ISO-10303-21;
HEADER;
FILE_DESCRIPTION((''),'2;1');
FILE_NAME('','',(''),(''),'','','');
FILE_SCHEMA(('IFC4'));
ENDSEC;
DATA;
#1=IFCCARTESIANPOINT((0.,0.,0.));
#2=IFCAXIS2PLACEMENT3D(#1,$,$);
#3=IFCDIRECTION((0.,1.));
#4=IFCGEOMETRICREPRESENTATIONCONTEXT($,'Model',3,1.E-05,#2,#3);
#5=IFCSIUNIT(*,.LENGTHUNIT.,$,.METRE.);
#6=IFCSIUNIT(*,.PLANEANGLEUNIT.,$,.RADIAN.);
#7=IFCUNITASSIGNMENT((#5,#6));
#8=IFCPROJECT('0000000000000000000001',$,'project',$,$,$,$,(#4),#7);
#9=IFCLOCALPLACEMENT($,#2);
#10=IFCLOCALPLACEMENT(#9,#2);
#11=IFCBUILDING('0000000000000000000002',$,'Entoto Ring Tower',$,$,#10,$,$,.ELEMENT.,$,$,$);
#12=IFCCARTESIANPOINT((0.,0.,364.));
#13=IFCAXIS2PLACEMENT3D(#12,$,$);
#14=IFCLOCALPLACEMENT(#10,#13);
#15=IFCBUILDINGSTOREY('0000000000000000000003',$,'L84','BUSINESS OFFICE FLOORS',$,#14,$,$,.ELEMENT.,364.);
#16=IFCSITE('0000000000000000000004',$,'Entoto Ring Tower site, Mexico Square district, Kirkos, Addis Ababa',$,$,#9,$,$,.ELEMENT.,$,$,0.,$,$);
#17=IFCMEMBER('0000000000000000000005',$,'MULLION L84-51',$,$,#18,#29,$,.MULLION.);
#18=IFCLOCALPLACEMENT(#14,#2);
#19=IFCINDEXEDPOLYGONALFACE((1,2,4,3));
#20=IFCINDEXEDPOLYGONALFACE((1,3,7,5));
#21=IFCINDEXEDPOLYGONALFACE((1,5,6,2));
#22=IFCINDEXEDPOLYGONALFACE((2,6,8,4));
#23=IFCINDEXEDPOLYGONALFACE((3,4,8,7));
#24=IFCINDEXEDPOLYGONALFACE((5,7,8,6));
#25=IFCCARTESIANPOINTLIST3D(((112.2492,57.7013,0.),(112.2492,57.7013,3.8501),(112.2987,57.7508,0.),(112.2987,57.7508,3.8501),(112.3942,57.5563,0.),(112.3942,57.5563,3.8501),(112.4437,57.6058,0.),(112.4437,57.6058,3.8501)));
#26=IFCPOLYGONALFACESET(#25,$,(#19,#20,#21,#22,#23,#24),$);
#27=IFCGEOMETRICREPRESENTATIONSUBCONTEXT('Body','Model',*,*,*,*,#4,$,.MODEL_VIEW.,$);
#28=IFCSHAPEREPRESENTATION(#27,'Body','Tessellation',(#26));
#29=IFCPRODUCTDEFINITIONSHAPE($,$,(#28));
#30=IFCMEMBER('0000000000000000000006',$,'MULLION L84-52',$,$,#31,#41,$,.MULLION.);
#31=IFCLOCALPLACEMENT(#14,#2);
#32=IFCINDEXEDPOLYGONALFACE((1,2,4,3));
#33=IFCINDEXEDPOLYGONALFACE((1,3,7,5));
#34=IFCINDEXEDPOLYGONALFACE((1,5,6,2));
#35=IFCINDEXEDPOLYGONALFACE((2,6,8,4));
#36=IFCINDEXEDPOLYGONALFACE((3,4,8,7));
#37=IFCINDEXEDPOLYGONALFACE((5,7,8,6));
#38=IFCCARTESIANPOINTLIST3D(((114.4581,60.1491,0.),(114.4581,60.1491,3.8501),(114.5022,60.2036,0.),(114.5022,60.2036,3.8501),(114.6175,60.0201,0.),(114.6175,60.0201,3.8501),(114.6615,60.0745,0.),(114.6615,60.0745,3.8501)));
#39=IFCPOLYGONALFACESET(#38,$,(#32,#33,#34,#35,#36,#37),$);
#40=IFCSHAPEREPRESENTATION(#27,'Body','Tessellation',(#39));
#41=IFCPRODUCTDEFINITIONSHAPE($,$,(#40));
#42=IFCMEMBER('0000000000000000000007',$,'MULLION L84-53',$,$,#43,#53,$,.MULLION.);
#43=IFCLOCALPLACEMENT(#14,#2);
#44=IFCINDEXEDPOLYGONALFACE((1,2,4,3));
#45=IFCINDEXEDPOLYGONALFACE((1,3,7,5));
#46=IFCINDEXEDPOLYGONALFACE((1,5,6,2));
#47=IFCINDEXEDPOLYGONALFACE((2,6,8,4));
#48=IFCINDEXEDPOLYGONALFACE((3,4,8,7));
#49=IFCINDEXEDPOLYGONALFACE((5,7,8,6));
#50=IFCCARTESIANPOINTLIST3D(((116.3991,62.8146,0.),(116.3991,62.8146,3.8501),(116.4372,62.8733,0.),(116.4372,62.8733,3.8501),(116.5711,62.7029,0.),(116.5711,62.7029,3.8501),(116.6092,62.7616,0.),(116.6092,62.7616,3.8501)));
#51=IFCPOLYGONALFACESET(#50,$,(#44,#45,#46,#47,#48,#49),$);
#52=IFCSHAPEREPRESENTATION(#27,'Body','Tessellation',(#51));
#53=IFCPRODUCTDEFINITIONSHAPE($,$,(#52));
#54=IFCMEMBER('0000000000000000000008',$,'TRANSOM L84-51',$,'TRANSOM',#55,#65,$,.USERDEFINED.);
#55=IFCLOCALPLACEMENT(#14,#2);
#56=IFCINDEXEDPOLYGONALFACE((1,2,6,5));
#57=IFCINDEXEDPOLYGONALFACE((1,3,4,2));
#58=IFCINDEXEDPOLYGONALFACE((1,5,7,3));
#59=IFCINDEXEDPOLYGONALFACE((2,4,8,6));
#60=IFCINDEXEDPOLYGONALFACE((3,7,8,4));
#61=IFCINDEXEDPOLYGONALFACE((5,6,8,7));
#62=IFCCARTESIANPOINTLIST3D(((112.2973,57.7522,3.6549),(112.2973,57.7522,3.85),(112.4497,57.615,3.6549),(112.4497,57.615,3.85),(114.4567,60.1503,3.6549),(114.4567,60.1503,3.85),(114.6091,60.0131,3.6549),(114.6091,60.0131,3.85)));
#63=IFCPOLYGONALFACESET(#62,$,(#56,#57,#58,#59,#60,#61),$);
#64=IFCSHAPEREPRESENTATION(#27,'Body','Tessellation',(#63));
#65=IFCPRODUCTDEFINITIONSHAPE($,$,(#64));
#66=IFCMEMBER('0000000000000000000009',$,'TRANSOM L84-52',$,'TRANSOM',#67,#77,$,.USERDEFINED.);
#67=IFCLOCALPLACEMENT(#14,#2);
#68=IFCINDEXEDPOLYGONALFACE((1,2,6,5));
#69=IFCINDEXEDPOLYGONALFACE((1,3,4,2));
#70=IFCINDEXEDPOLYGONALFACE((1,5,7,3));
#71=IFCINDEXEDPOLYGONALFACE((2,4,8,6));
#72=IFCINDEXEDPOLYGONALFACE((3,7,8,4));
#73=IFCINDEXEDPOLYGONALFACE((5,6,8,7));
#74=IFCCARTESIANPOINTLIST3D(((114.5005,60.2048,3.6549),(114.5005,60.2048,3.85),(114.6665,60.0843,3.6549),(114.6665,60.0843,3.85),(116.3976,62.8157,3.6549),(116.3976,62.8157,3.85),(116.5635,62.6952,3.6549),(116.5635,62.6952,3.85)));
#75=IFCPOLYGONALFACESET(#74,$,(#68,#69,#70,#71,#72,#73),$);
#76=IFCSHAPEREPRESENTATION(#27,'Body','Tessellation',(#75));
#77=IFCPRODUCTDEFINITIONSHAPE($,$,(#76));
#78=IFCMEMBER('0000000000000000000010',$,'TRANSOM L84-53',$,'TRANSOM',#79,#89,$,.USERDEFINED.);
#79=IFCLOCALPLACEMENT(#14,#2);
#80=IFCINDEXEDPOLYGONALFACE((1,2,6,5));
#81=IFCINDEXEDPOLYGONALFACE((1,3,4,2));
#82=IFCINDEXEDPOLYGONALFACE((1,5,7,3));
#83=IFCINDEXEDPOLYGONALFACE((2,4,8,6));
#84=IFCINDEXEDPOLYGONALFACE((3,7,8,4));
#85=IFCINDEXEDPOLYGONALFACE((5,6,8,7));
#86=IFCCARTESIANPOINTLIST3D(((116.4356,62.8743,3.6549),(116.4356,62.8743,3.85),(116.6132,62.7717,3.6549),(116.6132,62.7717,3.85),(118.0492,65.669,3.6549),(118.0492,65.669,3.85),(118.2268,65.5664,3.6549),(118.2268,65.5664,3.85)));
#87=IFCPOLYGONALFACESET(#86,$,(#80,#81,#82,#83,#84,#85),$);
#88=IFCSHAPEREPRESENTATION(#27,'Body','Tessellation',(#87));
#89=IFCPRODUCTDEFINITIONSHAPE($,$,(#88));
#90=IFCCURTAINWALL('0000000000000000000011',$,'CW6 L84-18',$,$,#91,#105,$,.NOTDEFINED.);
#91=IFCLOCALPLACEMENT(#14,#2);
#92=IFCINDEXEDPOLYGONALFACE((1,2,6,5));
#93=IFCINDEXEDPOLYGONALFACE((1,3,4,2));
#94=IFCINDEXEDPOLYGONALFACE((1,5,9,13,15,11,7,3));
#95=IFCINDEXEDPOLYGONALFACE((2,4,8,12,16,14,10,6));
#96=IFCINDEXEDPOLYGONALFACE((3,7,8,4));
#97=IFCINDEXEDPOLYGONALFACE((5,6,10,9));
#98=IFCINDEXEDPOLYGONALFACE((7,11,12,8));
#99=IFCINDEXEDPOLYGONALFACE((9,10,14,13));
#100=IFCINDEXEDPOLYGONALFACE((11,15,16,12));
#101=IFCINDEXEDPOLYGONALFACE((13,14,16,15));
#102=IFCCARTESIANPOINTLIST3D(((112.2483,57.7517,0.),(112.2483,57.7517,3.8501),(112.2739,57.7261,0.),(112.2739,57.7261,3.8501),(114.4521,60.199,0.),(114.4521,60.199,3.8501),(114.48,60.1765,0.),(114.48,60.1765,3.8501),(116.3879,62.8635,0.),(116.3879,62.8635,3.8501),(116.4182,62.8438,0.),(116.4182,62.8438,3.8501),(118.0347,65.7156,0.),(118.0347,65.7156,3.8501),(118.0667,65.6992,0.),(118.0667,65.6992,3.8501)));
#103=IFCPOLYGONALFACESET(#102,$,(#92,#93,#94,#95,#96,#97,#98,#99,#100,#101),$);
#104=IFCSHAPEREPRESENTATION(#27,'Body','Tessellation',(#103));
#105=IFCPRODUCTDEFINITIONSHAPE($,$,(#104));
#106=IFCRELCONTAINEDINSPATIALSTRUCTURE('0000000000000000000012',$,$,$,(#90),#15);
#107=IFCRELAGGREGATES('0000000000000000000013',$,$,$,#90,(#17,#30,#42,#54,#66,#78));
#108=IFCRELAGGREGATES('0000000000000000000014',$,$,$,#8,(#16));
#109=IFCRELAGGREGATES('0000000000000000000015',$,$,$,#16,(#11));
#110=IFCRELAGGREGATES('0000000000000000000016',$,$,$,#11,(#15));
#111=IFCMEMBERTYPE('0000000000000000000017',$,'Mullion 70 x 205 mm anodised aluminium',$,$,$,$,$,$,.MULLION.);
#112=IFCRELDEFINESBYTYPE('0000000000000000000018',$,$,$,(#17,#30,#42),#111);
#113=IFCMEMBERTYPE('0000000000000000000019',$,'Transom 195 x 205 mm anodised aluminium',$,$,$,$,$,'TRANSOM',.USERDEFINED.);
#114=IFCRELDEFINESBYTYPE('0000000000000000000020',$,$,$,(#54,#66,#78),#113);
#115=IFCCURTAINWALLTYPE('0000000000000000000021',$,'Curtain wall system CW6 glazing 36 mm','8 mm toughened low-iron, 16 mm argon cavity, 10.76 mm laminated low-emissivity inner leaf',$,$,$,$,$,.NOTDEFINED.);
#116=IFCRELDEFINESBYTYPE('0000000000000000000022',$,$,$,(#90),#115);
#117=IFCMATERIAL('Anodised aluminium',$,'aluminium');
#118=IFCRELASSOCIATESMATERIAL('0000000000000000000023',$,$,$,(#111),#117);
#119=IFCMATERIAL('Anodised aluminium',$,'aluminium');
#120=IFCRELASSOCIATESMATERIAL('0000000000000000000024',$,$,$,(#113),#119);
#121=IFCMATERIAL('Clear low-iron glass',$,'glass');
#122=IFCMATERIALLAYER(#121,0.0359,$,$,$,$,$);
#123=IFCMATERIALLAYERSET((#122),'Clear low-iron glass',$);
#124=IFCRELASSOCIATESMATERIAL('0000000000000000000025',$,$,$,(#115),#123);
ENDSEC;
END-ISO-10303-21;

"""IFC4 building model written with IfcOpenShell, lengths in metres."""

from ifc_helpers import new_model, si_unit, direction, frame, origin, origin_2d, place, context, subcontext, project, spatial, polyline, rectangle, outline, extrude, material, layer, layer_set, material_profile, profile_set, type_object, element, aggregate, save


model = new_model("IFC4")

# Units and contexts
model_context = context("Model", 3, precision=1e-05, world=origin(), true_north=direction((0.0, 1.0)))
body_context = subcontext(model_context, "Body", "Model", "MODEL_VIEW")
ifc_project = project(units=[si_unit("LENGTHUNIT", "METRE"), si_unit("PLANEANGLEUNIT", "RADIAN")], contexts=[model_context])

# Members
ifc_material_1 = material(Name="Anodised aluminium", Category="aluminium")
ifc_material_profile_1 = material_profile(ifc_material_1, rectangle(XDim=0.0701, YDim=0.2051, at=origin_2d()), Name="Mullion 70 x 205 mm anodised aluminium")
ifc_profile_set_1 = profile_set([ifc_material_profile_1], Name="Anodised aluminium")
member_type_1 = type_object("IfcMemberType", Name="Mullion 70 x 205 mm anodised aluminium", PredefinedType="MULLION", material=ifc_profile_set_1)
site_placement = place(None, origin())
building_placement = place(site_placement, origin())
storey_placement = place(building_placement, frame((0.0, 0.0, 364.0)))
member_1_placement = place(storey_placement, frame((112.3464, 57.6536, 0.0), z_axis=(0.0, 0.0, 1.0), x_axis=(0.707107, 0.707107, 0.0)))
member_1 = element("IfcMember", 1, at=member_1_placement, type_object=member_type_1, Name="MULLION L84-51", PredefinedType="MULLION", context=body_context, shape_type="SweptSolid", body=[
    extrude(rectangle(XDim=0.0701, YDim=0.2051, at=origin_2d()), origin(), (0.0, 0.0, 1.0), 3.8501),
])
member_2_placement = place(storey_placement, frame((114.5598, 60.1118, 0.0), z_axis=(0.0, 0.0, 1.0), x_axis=(0.62932, 0.777146, 0.0)))
member_2 = element("IfcMember", 2, at=member_2_placement, type_object=member_type_1, Name="MULLION L84-52", PredefinedType="MULLION", context=body_context, shape_type="SweptSolid", body=[
    extrude(rectangle(XDim=0.0701, YDim=0.2051, at=origin_2d()), origin(), (0.0, 0.0, 1.0), 3.8501),
])
member_3_placement = place(storey_placement, frame((116.5042, 62.7881, 0.0), z_axis=(0.0, 0.0, 1.0), x_axis=(0.544639, 0.838671, 0.0)))
member_3 = element("IfcMember", 3, at=member_3_placement, type_object=member_type_1, Name="MULLION L84-53", PredefinedType="MULLION", context=body_context, shape_type="SweptSolid", body=[
    extrude(rectangle(XDim=0.0701, YDim=0.2051, at=origin_2d()), origin(), (0.0, 0.0, 1.0), 3.8501),
])
ifc_material_2 = material(Name="Anodised aluminium", Category="aluminium")
ifc_material_profile_2 = material_profile(ifc_material_2, rectangle(XDim=0.2051, YDim=0.1951, at=origin_2d()), Name="Transom 195 x 205 mm anodised aluminium")
ifc_profile_set_2 = profile_set([ifc_material_profile_2], Name="Anodised aluminium")
member_type_2 = type_object("IfcMemberType", Name="Transom 195 x 205 mm anodised aluminium", ElementType="TRANSOM", PredefinedType="USERDEFINED", material=ifc_profile_set_2)
member_4_placement = place(storey_placement, frame((112.3735, 57.6836, 3.7524), z_axis=(0.669144, 0.743132, 0.0), x_axis=(-0.743132, 0.669144, 0.0)))
member_4 = element("IfcMember", 4, at=member_4_placement, type_object=member_type_2, Name="TRANSOM L84-51", ObjectType="TRANSOM", PredefinedType="USERDEFINED", context=body_context, shape_type="SweptSolid", body=[
    extrude(rectangle(XDim=0.2051, YDim=0.1951, at=origin_2d()), origin(), (0.0, 0.0, 1.0), 3.2271),
])
member_5_placement = place(storey_placement, frame((114.5835, 60.1445, 3.7524), z_axis=(0.587803, 0.809004, 0.0), x_axis=(-0.809004, 0.587803, 0.0)))
member_5 = element("IfcMember", 5, at=member_5_placement, type_object=member_type_2, Name="TRANSOM L84-52", ObjectType="TRANSOM", PredefinedType="USERDEFINED", context=body_context, shape_type="SweptSolid", body=[
    extrude(rectangle(XDim=0.2051, YDim=0.1951, at=origin_2d()), origin(), (0.0, 0.0, 1.0), 3.2273),
])
member_6_placement = place(storey_placement, frame((116.5244, 62.823, 3.7524), z_axis=(0.500004, 0.866023, 0.0), x_axis=(-0.866023, 0.500004, 0.0)))
member_6 = element("IfcMember", 6, at=member_6_placement, type_object=member_type_2, Name="TRANSOM L84-53", ObjectType="TRANSOM", PredefinedType="USERDEFINED", context=body_context, shape_type="SweptSolid", body=[
    extrude(rectangle(XDim=0.2051, YDim=0.1951, at=origin_2d()), origin(), (0.0, 0.0, 1.0), 3.2271),
])

# Site, building, storey
site = spatial("IfcSite", under=ifc_project, at=site_placement, Name="Entoto Ring Tower site, Mexico Square district, Kirkos, Addis Ababa", CompositionType="ELEMENT", RefElevation=0.0)
building = spatial("IfcBuilding", under=site, at=building_placement, Name="Entoto Ring Tower", CompositionType="ELEMENT")
storey = spatial("IfcBuildingStorey", under=building, at=storey_placement, Name="L84", Description="BUSINESS OFFICE FLOORS", CompositionType="ELEMENT", Elevation=364.0)

# Curtain wall
ifc_material_3 = material(Name="Clear low-iron glass", Category="glass")
ifc_layer_1 = layer(ifc_material_3, 0.0359)
ifc_layer_set_1 = layer_set([ifc_layer_1], Name="Clear low-iron glass")
curtain_wall_type = type_object("IfcCurtainWallType", Name="Curtain wall system CW6 glazing 36 mm", Description="8 mm toughened low-iron, 16 mm argon cavity, 10.76 mm laminated low-emissivity inner leaf", PredefinedType="NOTDEFINED", material=ifc_layer_set_1)
curtain_wall_1_placement = place(storey_placement, origin())
curtain_wall_1 = element("IfcCurtainWall", 7, at=curtain_wall_1_placement, inside=storey, type_object=curtain_wall_type, Name="CW6 L84-18", PredefinedType="NOTDEFINED", context=body_context, shape_type="SweptSolid", body=[
    extrude(outline(polyline([(112.2739, 57.7261), (114.48, 60.1765), (116.4182, 62.8438), (118.0667, 65.6992), (118.0347, 65.7156), (116.3879, 62.8635), (114.4521, 60.199), (112.2483, 57.7517), (112.2739, 57.7261)])), origin(), (0.0, 0.0, 1.0), 3.8501),
])
aggregate(curtain_wall_1, [member_1, member_2, member_3, member_4, member_5, member_6])

save(model, "model.ifc")
